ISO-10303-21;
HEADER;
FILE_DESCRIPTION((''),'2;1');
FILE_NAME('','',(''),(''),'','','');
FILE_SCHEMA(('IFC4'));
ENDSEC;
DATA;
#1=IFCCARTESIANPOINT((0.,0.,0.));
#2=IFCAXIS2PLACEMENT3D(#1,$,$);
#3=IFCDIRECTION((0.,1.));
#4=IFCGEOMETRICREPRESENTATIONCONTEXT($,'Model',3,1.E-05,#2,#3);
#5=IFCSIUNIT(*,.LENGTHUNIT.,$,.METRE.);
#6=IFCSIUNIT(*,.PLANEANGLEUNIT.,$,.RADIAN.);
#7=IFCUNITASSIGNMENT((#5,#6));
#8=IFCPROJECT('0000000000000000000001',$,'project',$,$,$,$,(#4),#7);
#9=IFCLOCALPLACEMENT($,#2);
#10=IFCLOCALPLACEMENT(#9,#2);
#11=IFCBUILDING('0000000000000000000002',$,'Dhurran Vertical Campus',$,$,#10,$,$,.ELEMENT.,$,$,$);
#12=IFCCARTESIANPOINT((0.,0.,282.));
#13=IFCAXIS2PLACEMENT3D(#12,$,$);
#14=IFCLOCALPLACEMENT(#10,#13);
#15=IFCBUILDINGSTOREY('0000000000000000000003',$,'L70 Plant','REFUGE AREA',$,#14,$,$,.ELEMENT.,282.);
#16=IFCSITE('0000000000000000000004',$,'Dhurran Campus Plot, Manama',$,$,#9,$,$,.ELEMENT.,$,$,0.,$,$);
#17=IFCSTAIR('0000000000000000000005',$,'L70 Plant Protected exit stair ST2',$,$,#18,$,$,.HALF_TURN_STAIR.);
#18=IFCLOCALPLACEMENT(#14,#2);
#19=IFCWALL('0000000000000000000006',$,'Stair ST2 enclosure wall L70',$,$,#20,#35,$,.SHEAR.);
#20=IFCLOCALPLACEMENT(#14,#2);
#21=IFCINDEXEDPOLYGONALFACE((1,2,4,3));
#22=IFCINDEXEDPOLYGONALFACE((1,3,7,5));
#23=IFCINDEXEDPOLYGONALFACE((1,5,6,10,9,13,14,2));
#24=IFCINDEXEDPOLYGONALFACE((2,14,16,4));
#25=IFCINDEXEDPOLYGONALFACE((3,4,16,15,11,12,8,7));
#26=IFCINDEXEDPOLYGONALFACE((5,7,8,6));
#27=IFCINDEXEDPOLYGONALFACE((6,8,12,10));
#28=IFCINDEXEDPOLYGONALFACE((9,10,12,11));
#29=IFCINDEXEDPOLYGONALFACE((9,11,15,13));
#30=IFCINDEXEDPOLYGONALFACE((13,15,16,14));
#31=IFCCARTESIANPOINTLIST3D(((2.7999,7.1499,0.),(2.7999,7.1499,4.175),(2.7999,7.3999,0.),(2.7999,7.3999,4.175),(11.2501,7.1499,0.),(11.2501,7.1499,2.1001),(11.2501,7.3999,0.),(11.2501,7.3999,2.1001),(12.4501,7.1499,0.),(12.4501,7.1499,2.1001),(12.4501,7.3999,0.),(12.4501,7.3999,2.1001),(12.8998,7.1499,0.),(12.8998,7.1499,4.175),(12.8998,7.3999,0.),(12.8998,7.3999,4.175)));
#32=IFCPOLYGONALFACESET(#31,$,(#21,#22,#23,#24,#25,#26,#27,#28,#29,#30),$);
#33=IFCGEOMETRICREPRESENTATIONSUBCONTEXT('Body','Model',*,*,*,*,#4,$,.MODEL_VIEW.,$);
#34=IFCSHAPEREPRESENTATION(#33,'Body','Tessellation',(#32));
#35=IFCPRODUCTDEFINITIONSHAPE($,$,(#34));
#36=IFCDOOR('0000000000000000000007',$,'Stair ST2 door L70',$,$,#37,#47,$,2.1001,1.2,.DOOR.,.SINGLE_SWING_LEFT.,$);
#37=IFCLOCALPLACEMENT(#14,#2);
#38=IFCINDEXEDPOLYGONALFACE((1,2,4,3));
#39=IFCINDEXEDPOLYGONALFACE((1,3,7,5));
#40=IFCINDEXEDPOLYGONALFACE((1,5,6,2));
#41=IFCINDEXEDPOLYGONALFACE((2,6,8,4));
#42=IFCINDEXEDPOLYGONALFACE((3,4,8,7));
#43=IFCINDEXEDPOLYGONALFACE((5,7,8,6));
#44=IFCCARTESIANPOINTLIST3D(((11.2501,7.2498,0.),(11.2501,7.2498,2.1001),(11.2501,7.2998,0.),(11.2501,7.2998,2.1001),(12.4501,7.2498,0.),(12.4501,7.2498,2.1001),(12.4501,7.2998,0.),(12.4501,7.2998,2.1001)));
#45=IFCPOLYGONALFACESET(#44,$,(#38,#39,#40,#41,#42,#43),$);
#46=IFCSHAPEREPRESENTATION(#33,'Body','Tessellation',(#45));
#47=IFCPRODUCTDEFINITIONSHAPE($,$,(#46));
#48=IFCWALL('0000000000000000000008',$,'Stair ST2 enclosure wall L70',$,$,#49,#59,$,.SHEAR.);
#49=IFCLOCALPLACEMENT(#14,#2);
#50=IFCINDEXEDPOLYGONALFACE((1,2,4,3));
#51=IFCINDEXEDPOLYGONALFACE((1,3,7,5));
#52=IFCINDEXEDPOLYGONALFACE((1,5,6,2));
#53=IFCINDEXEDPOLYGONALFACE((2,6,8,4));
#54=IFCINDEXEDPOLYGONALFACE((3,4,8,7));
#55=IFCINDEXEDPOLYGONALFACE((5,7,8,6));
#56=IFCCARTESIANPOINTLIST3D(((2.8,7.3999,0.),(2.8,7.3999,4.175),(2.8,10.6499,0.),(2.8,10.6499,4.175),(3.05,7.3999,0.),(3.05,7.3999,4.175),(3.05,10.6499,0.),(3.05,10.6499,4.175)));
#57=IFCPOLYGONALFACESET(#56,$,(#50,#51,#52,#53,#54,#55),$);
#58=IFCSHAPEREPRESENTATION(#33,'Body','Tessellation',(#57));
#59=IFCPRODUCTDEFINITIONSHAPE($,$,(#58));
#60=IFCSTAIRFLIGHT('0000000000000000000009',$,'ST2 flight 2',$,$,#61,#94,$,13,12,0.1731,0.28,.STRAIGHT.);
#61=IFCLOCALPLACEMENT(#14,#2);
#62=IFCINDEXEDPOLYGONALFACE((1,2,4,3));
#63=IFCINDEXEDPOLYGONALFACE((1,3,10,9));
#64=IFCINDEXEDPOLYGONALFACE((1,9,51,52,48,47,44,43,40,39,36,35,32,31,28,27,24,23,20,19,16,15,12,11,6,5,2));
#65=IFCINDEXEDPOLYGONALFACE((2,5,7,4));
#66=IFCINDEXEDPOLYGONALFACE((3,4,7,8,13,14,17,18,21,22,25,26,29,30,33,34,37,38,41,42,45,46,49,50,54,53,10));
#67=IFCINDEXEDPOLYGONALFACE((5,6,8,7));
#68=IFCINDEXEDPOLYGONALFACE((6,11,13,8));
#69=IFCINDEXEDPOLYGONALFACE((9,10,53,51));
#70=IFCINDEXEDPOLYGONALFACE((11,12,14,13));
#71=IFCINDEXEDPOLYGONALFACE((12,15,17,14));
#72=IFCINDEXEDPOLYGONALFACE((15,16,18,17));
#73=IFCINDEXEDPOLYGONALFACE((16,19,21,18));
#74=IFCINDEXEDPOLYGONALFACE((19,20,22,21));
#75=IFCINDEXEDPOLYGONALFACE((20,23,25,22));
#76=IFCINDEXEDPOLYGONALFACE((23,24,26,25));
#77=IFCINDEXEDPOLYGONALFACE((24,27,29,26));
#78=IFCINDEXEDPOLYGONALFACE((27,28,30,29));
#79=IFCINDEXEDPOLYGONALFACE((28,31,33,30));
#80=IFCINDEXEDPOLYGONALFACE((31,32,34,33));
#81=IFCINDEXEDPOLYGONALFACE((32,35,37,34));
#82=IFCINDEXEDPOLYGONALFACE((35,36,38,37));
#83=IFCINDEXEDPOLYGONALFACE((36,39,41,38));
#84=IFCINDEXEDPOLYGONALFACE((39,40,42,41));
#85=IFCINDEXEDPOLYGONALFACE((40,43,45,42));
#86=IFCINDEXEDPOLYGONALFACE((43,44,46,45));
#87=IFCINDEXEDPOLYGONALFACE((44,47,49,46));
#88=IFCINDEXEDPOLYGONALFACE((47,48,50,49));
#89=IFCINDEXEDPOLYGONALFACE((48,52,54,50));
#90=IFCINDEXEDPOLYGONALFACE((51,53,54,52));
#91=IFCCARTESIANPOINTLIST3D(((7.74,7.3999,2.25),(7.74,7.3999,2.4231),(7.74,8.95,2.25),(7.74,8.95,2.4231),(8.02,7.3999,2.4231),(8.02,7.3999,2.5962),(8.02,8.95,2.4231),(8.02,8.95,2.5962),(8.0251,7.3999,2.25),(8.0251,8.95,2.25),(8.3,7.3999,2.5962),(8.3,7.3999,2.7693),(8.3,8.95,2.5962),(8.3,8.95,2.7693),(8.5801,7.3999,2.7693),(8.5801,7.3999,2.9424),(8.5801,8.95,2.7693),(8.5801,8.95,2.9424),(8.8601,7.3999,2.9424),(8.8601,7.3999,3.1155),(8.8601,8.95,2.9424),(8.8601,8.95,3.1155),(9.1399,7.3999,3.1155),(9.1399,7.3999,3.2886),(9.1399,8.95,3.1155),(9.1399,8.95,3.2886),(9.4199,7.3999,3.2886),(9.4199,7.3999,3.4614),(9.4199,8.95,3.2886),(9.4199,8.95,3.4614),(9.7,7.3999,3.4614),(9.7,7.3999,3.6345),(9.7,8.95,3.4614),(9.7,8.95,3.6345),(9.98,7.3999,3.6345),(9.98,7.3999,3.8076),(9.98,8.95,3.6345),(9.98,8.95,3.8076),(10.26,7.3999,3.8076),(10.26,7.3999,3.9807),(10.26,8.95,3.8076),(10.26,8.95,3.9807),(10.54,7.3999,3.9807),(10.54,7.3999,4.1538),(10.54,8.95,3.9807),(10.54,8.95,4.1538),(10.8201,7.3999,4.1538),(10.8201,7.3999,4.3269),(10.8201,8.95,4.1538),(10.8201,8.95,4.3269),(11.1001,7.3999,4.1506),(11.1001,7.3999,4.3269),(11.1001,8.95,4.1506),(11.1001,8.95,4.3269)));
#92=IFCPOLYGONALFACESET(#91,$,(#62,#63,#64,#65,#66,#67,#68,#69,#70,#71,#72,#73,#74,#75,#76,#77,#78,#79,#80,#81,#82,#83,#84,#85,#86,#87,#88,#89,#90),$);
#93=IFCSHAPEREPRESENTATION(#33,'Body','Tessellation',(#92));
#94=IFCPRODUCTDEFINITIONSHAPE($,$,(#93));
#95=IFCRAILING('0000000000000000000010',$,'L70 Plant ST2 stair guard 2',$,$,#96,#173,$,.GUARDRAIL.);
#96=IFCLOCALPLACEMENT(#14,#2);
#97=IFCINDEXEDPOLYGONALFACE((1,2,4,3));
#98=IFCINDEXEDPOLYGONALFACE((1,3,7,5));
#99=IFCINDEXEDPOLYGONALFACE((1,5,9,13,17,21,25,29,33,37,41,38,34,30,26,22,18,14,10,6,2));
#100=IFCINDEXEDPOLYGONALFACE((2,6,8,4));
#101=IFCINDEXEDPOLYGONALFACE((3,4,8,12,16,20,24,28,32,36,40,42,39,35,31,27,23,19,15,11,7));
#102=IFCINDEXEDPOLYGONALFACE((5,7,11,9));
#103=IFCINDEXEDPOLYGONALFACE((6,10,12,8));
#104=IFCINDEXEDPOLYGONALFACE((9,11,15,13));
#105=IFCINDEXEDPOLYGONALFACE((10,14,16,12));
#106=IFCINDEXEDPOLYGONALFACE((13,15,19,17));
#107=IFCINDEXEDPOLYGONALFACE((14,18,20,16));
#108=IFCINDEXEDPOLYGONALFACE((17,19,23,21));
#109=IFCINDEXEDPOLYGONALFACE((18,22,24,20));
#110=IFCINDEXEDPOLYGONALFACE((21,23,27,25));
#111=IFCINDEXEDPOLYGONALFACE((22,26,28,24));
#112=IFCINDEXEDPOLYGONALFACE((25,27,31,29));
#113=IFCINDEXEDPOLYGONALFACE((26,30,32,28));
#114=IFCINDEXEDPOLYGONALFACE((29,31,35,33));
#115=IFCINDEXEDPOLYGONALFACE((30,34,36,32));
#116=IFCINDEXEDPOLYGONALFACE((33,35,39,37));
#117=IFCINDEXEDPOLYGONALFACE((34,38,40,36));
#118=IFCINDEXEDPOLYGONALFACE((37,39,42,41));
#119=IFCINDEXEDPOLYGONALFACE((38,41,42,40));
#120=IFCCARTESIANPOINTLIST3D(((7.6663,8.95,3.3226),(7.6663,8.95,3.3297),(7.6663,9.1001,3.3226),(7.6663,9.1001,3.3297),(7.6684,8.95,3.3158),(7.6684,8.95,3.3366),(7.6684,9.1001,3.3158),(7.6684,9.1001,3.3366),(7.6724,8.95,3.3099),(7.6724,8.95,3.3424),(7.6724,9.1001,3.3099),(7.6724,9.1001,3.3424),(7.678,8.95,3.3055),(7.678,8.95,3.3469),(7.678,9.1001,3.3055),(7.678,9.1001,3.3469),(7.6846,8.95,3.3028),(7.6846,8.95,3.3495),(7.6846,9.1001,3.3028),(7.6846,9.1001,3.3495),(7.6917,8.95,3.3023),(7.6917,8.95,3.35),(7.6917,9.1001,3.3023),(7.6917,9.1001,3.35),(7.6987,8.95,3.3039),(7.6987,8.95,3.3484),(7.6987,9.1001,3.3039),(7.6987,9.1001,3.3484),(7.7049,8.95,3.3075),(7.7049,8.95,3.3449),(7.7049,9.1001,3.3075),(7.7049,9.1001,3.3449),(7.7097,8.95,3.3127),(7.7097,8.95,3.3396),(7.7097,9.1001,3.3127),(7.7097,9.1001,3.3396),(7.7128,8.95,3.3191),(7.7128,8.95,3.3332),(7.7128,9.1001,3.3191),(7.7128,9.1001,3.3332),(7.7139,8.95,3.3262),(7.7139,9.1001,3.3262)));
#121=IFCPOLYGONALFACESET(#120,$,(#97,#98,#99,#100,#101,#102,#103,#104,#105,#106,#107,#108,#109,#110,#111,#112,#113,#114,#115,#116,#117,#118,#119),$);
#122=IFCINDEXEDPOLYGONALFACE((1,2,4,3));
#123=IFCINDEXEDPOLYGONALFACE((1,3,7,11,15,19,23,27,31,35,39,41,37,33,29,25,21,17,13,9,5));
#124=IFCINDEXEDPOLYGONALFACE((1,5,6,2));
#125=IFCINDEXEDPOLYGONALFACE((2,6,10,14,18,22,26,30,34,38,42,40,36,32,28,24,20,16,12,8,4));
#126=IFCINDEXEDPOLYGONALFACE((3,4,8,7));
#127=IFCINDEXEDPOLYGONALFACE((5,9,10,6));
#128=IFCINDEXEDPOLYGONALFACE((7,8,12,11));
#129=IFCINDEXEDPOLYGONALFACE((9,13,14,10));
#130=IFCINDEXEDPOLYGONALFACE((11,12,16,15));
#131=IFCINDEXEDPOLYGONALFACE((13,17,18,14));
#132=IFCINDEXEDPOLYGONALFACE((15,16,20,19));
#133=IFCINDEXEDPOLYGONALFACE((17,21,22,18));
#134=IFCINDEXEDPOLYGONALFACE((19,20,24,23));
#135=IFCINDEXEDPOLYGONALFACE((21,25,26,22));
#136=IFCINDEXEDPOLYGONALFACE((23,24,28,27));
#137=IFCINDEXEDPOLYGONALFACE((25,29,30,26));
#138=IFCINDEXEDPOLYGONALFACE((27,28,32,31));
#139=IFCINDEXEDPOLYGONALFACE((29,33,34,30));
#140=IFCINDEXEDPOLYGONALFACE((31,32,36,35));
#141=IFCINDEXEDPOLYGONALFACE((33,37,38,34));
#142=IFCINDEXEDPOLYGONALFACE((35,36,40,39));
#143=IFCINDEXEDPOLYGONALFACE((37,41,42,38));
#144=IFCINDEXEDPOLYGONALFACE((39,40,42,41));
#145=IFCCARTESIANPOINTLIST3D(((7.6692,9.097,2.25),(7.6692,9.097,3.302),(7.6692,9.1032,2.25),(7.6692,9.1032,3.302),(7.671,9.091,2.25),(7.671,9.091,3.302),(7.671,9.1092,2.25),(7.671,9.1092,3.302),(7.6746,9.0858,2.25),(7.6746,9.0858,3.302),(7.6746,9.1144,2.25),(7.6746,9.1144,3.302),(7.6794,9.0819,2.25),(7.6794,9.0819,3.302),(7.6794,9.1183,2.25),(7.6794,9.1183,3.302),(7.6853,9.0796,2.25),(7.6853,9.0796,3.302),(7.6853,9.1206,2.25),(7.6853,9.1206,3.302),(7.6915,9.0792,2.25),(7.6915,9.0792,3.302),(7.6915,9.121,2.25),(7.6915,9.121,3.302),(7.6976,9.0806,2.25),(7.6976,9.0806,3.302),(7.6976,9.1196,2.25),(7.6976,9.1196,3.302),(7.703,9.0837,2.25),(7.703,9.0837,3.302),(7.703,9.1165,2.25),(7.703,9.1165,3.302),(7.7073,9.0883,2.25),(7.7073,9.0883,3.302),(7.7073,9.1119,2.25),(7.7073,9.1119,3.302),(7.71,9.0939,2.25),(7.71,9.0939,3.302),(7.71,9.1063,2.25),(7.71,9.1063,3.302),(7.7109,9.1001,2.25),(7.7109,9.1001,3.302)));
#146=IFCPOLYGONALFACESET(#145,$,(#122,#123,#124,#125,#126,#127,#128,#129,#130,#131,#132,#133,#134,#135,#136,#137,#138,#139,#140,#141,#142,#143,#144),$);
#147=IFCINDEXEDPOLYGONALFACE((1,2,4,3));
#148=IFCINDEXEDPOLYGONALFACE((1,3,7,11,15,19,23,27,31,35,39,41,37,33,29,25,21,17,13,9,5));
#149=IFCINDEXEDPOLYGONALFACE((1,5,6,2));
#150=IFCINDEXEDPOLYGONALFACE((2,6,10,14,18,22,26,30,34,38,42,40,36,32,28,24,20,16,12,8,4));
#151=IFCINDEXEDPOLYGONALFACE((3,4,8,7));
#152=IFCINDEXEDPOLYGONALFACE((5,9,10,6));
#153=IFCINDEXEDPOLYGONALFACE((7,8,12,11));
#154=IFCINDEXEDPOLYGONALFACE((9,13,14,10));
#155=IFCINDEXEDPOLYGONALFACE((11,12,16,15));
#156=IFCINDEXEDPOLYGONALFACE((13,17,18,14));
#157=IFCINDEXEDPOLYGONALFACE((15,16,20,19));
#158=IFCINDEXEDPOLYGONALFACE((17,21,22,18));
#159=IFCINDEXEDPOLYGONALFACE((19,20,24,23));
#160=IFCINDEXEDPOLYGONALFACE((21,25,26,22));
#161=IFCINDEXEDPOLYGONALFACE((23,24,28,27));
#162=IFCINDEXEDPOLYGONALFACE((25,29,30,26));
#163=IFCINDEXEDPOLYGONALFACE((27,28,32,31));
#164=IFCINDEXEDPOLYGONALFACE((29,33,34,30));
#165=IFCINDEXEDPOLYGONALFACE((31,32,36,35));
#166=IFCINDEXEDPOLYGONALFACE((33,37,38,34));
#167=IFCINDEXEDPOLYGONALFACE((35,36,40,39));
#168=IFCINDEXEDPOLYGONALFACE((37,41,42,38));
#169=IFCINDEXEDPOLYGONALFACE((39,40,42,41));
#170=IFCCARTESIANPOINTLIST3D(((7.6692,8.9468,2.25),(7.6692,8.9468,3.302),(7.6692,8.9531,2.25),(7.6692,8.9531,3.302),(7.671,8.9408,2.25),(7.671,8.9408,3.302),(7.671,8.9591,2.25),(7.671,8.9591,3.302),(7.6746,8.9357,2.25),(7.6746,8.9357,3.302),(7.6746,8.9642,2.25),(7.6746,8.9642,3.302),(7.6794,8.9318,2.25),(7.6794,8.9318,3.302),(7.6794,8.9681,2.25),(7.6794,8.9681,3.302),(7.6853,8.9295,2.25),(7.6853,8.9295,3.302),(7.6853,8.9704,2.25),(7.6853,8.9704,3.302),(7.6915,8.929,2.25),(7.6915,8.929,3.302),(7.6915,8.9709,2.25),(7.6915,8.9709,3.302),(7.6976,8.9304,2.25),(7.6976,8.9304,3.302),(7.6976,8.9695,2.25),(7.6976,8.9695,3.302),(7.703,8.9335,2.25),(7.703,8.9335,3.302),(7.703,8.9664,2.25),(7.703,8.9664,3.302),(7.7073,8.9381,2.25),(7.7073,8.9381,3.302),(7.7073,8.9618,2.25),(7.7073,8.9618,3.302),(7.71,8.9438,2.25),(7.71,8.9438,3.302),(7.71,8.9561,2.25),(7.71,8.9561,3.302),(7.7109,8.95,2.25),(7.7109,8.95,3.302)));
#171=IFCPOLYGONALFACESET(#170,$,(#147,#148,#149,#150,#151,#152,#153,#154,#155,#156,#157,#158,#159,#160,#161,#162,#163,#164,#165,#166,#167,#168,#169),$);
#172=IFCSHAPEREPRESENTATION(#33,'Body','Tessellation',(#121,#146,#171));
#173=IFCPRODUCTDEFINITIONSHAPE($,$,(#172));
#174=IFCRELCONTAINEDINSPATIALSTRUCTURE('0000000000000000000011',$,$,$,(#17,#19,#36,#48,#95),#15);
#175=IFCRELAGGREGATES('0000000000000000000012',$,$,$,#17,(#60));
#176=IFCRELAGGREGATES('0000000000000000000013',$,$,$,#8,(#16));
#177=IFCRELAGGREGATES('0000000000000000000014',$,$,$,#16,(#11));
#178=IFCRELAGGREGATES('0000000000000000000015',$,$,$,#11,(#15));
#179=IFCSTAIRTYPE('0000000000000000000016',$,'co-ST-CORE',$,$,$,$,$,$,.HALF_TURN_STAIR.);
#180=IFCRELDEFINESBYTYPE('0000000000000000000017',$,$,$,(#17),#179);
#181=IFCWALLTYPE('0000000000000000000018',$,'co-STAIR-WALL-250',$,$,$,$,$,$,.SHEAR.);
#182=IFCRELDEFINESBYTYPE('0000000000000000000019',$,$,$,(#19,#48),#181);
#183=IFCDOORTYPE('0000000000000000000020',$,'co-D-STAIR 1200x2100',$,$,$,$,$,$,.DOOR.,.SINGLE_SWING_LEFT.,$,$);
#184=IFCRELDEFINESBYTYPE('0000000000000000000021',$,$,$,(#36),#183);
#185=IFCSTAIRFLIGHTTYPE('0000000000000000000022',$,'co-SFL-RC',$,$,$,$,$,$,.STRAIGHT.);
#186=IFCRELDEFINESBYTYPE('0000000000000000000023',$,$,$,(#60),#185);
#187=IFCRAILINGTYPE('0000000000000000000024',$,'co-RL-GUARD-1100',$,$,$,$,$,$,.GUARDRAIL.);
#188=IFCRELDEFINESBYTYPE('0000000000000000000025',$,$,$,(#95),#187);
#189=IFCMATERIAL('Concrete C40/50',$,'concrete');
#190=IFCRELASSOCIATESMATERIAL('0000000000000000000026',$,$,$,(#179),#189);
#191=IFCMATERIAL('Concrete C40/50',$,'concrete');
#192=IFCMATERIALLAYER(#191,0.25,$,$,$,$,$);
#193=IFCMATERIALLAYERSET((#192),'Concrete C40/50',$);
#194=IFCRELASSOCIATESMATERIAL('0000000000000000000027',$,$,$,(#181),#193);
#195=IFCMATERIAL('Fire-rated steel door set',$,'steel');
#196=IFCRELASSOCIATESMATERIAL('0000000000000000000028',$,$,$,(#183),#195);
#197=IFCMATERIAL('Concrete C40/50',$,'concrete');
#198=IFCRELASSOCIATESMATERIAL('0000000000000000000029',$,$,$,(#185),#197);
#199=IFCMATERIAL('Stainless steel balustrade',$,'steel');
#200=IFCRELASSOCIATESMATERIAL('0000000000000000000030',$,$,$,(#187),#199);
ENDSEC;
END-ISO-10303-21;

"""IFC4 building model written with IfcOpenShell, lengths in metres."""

from ifc_helpers import new_model, si_unit, direction, frame, frame_2d, origin, origin_2d, place, context, subcontext, project, spatial, polyline, rectangle, circle, outline, extrude, material, layer, layer_set, type_object, element, fill, aggregate, save


model = new_model("IFC4")

# Units and contexts
model_context = context("Model", 3, precision=1e-05, world=origin(), true_north=direction((0.0, 1.0)))
body_context = subcontext(model_context, "Body", "Model", "MODEL_VIEW")
ifc_project = project(units=[si_unit("LENGTHUNIT", "METRE"), si_unit("PLANEANGLEUNIT", "RADIAN")], contexts=[model_context])

# Site, building, storey
site_placement = place(None, origin())
site = spatial("IfcSite", under=ifc_project, at=site_placement, Name="Dhurran Campus Plot, Manama", CompositionType="ELEMENT", RefElevation=0.0)
building_placement = place(site_placement, origin())
building = spatial("IfcBuilding", under=site, at=building_placement, Name="Dhurran Vertical Campus", CompositionType="ELEMENT")
storey_placement = place(building_placement, frame((0.0, 0.0, 282.0)))
storey = spatial("IfcBuildingStorey", under=building, at=storey_placement, Name="L70 Plant", Description="REFUGE AREA", CompositionType="ELEMENT", Elevation=282.0)

# Stair
ifc_material_1 = material(Name="Concrete C40/50", Category="concrete")
stair_type = type_object("IfcStairType", Name="co-ST-CORE", PredefinedType="HALF_TURN_STAIR", material=ifc_material_1)
stair_1_placement = place(storey_placement, origin())
stair_1 = element("IfcStair", 1, at=stair_1_placement, inside=storey, type_object=stair_type, Name="L70 Plant Protected exit stair ST2", PredefinedType="HALF_TURN_STAIR")

# Wall, opening, door
ifc_material_2 = material(Name="Concrete C40/50", Category="concrete")
ifc_layer_1 = layer(ifc_material_2, 0.25)
ifc_layer_set_1 = layer_set([ifc_layer_1], Name="Concrete C40/50")
wall_type_1 = type_object("IfcWallType", Name="co-STAIR-WALL-250", PredefinedType="SHEAR", material=ifc_layer_set_1)
wall_1_placement = place(storey_placement, frame((2.8, 7.2749, 0.0), z_axis=(0.0, 0.0, 1.0), x_axis=(1.0, 0.0, 0.0)))
wall_1 = element("IfcWall", 2, at=wall_1_placement, inside=storey, type_object=wall_type_1, Name="Stair ST2 enclosure wall L70", PredefinedType="SHEAR", context=body_context, shape_type="SweptSolid", body=[
    extrude(rectangle(XDim=10.0999, YDim=0.25, at=frame_2d((5.0498, 0.0))), origin(), (0.0, 0.0, 1.0), 4.175),
])
opening_1_placement = place(wall_1_placement, frame((8.45, 0.0, 0.0)))
opening_1 = element("IfcOpeningElement", 3, at=opening_1_placement, cuts=wall_1, PredefinedType="OPENING", context=body_context, shape_type="SweptSolid", body=[
    extrude(rectangle(XDim=1.2, YDim=2.1001, at=frame_2d((0.6001, 1.05))), frame((0.0, 0.135, 0.0), z_axis=(0.0, -1.0, 0.0), x_axis=(1.0, 0.0, 0.0)), (0.0, 0.0, 1.0), 0.27),
])
ifc_material_3 = material(Name="Fire-rated steel door set", Category="steel")
door_type_1 = type_object("IfcDoorType", Name="co-D-STAIR 1200x2100", OperationType="SINGLE_SWING_LEFT", PredefinedType="DOOR", material=ifc_material_3)
door_1_placement = place(opening_1_placement, origin())
door_1 = element("IfcDoor", 4, at=door_1_placement, inside=storey, type_object=door_type_1, Name="Stair ST2 door L70", OperationType="SINGLE_SWING_LEFT", OverallHeight=2.1001, OverallWidth=1.2, PredefinedType="DOOR", context=body_context, shape_type="SweptSolid", body=[
    extrude(rectangle(XDim=1.2, YDim=2.1001, at=frame_2d((0.6001, 1.05))), frame((0.0, 0.0249, 0.0), z_axis=(0.0, -1.0, 0.0), x_axis=(1.0, 0.0, 0.0)), (0.0, 0.0, 1.0), 0.05),
])
fill(opening_1, door_1)

# Wall
wall_2_placement = place(storey_placement, frame((2.925, 7.3999, 0.0), z_axis=(0.0, 0.0, 1.0), x_axis=(0.0, 1.0, 0.0)))
element("IfcWall", 5, at=wall_2_placement, inside=storey, type_object=wall_type_1, Name="Stair ST2 enclosure wall L70", PredefinedType="SHEAR", context=body_context, shape_type="SweptSolid", body=[
    extrude(rectangle(XDim=3.25, YDim=0.25, at=frame_2d((1.625, 0.0))), origin(), (0.0, 0.0, 1.0), 4.175),
])

# Stair flight
ifc_material_4 = material(Name="Concrete C40/50", Category="concrete")
stair_flight_type = type_object("IfcStairFlightType", Name="co-SFL-RC", PredefinedType="STRAIGHT", material=ifc_material_4)
stair_flight_placement = place(storey_placement, frame((7.74, 8.175, 2.25), z_axis=(0.0, 0.0, 1.0), x_axis=(1.0, 0.0, 0.0)))
stair_flight = element("IfcStairFlight", 6, at=stair_flight_placement, type_object=stair_flight_type, Name="ST2 flight 2", NumberOfRisers=13, NumberOfTreads=12, PredefinedType="STRAIGHT", RiserHeight=0.1731, TreadLength=0.28, context=body_context, shape_type="SweptSolid", body=[
    extrude(outline(polyline([(0.0, 0.0), (0.0, 0.1731), (0.28, 0.1731), (0.28, 0.3462), (0.5601, 0.3462), (0.5601, 0.5193), (0.8401, 0.5193), (0.8401, 0.6924), (1.1201, 0.6924), (1.1201, 0.8655), (1.3999, 0.8655), (1.3999, 1.0386), (1.6799, 1.0386), (1.6799, 1.2114), (1.96, 1.2114), (1.96, 1.3845), (2.24, 1.3845), (2.24, 1.5576), (2.52, 1.5576), (2.52, 1.7307), (2.8, 1.7307), (2.8, 1.9038), (3.0801, 1.9038), (3.0801, 2.0769), (3.3601, 2.0769), (3.3601, 2.25), (3.3601, 1.9006), (0.2852, 0.0), (0.0, 0.0)])), frame((0.0, 0.7749, 0.0), z_axis=(0.0, -1.0, 0.0), x_axis=(1.0, 0.0, 0.0)), (0.0, 0.0, 1.0), 1.55),
])
aggregate(stair_1, [stair_flight])

# Railing
ifc_material_5 = material(Name="Stainless steel balustrade", Category="steel")
railing_type_1 = type_object("IfcRailingType", Name="co-RL-GUARD-1100", PredefinedType="GUARDRAIL", material=ifc_material_5)
railing_1_placement = place(storey_placement, frame((7.6899, 9.1001, 2.25)))
element("IfcRailing", 7, at=railing_1_placement, inside=storey, type_object=railing_type_1, Name="L70 Plant ST2 stair guard 2", PredefinedType="GUARDRAIL", context=body_context, shape_type="SweptSolid", body=[
    extrude(circle(Radius=0.0239, at=origin_2d()), frame((0.0, 0.0, 1.0762), z_axis=(0.0, -1.0, 0.0), x_axis=(1.0, 0.0, 0.0)), (0.0, 0.0, 1.0), 0.1501),
    extrude(circle(Radius=0.021, at=origin_2d()), origin(), (0.0, 0.0, 1.0), 1.052),
    extrude(circle(Radius=0.021, at=origin_2d()), frame((0.0, -0.1501, 0.0)), (0.0, 0.0, 1.0), 1.052),
])

save(model, "model.ifc")
